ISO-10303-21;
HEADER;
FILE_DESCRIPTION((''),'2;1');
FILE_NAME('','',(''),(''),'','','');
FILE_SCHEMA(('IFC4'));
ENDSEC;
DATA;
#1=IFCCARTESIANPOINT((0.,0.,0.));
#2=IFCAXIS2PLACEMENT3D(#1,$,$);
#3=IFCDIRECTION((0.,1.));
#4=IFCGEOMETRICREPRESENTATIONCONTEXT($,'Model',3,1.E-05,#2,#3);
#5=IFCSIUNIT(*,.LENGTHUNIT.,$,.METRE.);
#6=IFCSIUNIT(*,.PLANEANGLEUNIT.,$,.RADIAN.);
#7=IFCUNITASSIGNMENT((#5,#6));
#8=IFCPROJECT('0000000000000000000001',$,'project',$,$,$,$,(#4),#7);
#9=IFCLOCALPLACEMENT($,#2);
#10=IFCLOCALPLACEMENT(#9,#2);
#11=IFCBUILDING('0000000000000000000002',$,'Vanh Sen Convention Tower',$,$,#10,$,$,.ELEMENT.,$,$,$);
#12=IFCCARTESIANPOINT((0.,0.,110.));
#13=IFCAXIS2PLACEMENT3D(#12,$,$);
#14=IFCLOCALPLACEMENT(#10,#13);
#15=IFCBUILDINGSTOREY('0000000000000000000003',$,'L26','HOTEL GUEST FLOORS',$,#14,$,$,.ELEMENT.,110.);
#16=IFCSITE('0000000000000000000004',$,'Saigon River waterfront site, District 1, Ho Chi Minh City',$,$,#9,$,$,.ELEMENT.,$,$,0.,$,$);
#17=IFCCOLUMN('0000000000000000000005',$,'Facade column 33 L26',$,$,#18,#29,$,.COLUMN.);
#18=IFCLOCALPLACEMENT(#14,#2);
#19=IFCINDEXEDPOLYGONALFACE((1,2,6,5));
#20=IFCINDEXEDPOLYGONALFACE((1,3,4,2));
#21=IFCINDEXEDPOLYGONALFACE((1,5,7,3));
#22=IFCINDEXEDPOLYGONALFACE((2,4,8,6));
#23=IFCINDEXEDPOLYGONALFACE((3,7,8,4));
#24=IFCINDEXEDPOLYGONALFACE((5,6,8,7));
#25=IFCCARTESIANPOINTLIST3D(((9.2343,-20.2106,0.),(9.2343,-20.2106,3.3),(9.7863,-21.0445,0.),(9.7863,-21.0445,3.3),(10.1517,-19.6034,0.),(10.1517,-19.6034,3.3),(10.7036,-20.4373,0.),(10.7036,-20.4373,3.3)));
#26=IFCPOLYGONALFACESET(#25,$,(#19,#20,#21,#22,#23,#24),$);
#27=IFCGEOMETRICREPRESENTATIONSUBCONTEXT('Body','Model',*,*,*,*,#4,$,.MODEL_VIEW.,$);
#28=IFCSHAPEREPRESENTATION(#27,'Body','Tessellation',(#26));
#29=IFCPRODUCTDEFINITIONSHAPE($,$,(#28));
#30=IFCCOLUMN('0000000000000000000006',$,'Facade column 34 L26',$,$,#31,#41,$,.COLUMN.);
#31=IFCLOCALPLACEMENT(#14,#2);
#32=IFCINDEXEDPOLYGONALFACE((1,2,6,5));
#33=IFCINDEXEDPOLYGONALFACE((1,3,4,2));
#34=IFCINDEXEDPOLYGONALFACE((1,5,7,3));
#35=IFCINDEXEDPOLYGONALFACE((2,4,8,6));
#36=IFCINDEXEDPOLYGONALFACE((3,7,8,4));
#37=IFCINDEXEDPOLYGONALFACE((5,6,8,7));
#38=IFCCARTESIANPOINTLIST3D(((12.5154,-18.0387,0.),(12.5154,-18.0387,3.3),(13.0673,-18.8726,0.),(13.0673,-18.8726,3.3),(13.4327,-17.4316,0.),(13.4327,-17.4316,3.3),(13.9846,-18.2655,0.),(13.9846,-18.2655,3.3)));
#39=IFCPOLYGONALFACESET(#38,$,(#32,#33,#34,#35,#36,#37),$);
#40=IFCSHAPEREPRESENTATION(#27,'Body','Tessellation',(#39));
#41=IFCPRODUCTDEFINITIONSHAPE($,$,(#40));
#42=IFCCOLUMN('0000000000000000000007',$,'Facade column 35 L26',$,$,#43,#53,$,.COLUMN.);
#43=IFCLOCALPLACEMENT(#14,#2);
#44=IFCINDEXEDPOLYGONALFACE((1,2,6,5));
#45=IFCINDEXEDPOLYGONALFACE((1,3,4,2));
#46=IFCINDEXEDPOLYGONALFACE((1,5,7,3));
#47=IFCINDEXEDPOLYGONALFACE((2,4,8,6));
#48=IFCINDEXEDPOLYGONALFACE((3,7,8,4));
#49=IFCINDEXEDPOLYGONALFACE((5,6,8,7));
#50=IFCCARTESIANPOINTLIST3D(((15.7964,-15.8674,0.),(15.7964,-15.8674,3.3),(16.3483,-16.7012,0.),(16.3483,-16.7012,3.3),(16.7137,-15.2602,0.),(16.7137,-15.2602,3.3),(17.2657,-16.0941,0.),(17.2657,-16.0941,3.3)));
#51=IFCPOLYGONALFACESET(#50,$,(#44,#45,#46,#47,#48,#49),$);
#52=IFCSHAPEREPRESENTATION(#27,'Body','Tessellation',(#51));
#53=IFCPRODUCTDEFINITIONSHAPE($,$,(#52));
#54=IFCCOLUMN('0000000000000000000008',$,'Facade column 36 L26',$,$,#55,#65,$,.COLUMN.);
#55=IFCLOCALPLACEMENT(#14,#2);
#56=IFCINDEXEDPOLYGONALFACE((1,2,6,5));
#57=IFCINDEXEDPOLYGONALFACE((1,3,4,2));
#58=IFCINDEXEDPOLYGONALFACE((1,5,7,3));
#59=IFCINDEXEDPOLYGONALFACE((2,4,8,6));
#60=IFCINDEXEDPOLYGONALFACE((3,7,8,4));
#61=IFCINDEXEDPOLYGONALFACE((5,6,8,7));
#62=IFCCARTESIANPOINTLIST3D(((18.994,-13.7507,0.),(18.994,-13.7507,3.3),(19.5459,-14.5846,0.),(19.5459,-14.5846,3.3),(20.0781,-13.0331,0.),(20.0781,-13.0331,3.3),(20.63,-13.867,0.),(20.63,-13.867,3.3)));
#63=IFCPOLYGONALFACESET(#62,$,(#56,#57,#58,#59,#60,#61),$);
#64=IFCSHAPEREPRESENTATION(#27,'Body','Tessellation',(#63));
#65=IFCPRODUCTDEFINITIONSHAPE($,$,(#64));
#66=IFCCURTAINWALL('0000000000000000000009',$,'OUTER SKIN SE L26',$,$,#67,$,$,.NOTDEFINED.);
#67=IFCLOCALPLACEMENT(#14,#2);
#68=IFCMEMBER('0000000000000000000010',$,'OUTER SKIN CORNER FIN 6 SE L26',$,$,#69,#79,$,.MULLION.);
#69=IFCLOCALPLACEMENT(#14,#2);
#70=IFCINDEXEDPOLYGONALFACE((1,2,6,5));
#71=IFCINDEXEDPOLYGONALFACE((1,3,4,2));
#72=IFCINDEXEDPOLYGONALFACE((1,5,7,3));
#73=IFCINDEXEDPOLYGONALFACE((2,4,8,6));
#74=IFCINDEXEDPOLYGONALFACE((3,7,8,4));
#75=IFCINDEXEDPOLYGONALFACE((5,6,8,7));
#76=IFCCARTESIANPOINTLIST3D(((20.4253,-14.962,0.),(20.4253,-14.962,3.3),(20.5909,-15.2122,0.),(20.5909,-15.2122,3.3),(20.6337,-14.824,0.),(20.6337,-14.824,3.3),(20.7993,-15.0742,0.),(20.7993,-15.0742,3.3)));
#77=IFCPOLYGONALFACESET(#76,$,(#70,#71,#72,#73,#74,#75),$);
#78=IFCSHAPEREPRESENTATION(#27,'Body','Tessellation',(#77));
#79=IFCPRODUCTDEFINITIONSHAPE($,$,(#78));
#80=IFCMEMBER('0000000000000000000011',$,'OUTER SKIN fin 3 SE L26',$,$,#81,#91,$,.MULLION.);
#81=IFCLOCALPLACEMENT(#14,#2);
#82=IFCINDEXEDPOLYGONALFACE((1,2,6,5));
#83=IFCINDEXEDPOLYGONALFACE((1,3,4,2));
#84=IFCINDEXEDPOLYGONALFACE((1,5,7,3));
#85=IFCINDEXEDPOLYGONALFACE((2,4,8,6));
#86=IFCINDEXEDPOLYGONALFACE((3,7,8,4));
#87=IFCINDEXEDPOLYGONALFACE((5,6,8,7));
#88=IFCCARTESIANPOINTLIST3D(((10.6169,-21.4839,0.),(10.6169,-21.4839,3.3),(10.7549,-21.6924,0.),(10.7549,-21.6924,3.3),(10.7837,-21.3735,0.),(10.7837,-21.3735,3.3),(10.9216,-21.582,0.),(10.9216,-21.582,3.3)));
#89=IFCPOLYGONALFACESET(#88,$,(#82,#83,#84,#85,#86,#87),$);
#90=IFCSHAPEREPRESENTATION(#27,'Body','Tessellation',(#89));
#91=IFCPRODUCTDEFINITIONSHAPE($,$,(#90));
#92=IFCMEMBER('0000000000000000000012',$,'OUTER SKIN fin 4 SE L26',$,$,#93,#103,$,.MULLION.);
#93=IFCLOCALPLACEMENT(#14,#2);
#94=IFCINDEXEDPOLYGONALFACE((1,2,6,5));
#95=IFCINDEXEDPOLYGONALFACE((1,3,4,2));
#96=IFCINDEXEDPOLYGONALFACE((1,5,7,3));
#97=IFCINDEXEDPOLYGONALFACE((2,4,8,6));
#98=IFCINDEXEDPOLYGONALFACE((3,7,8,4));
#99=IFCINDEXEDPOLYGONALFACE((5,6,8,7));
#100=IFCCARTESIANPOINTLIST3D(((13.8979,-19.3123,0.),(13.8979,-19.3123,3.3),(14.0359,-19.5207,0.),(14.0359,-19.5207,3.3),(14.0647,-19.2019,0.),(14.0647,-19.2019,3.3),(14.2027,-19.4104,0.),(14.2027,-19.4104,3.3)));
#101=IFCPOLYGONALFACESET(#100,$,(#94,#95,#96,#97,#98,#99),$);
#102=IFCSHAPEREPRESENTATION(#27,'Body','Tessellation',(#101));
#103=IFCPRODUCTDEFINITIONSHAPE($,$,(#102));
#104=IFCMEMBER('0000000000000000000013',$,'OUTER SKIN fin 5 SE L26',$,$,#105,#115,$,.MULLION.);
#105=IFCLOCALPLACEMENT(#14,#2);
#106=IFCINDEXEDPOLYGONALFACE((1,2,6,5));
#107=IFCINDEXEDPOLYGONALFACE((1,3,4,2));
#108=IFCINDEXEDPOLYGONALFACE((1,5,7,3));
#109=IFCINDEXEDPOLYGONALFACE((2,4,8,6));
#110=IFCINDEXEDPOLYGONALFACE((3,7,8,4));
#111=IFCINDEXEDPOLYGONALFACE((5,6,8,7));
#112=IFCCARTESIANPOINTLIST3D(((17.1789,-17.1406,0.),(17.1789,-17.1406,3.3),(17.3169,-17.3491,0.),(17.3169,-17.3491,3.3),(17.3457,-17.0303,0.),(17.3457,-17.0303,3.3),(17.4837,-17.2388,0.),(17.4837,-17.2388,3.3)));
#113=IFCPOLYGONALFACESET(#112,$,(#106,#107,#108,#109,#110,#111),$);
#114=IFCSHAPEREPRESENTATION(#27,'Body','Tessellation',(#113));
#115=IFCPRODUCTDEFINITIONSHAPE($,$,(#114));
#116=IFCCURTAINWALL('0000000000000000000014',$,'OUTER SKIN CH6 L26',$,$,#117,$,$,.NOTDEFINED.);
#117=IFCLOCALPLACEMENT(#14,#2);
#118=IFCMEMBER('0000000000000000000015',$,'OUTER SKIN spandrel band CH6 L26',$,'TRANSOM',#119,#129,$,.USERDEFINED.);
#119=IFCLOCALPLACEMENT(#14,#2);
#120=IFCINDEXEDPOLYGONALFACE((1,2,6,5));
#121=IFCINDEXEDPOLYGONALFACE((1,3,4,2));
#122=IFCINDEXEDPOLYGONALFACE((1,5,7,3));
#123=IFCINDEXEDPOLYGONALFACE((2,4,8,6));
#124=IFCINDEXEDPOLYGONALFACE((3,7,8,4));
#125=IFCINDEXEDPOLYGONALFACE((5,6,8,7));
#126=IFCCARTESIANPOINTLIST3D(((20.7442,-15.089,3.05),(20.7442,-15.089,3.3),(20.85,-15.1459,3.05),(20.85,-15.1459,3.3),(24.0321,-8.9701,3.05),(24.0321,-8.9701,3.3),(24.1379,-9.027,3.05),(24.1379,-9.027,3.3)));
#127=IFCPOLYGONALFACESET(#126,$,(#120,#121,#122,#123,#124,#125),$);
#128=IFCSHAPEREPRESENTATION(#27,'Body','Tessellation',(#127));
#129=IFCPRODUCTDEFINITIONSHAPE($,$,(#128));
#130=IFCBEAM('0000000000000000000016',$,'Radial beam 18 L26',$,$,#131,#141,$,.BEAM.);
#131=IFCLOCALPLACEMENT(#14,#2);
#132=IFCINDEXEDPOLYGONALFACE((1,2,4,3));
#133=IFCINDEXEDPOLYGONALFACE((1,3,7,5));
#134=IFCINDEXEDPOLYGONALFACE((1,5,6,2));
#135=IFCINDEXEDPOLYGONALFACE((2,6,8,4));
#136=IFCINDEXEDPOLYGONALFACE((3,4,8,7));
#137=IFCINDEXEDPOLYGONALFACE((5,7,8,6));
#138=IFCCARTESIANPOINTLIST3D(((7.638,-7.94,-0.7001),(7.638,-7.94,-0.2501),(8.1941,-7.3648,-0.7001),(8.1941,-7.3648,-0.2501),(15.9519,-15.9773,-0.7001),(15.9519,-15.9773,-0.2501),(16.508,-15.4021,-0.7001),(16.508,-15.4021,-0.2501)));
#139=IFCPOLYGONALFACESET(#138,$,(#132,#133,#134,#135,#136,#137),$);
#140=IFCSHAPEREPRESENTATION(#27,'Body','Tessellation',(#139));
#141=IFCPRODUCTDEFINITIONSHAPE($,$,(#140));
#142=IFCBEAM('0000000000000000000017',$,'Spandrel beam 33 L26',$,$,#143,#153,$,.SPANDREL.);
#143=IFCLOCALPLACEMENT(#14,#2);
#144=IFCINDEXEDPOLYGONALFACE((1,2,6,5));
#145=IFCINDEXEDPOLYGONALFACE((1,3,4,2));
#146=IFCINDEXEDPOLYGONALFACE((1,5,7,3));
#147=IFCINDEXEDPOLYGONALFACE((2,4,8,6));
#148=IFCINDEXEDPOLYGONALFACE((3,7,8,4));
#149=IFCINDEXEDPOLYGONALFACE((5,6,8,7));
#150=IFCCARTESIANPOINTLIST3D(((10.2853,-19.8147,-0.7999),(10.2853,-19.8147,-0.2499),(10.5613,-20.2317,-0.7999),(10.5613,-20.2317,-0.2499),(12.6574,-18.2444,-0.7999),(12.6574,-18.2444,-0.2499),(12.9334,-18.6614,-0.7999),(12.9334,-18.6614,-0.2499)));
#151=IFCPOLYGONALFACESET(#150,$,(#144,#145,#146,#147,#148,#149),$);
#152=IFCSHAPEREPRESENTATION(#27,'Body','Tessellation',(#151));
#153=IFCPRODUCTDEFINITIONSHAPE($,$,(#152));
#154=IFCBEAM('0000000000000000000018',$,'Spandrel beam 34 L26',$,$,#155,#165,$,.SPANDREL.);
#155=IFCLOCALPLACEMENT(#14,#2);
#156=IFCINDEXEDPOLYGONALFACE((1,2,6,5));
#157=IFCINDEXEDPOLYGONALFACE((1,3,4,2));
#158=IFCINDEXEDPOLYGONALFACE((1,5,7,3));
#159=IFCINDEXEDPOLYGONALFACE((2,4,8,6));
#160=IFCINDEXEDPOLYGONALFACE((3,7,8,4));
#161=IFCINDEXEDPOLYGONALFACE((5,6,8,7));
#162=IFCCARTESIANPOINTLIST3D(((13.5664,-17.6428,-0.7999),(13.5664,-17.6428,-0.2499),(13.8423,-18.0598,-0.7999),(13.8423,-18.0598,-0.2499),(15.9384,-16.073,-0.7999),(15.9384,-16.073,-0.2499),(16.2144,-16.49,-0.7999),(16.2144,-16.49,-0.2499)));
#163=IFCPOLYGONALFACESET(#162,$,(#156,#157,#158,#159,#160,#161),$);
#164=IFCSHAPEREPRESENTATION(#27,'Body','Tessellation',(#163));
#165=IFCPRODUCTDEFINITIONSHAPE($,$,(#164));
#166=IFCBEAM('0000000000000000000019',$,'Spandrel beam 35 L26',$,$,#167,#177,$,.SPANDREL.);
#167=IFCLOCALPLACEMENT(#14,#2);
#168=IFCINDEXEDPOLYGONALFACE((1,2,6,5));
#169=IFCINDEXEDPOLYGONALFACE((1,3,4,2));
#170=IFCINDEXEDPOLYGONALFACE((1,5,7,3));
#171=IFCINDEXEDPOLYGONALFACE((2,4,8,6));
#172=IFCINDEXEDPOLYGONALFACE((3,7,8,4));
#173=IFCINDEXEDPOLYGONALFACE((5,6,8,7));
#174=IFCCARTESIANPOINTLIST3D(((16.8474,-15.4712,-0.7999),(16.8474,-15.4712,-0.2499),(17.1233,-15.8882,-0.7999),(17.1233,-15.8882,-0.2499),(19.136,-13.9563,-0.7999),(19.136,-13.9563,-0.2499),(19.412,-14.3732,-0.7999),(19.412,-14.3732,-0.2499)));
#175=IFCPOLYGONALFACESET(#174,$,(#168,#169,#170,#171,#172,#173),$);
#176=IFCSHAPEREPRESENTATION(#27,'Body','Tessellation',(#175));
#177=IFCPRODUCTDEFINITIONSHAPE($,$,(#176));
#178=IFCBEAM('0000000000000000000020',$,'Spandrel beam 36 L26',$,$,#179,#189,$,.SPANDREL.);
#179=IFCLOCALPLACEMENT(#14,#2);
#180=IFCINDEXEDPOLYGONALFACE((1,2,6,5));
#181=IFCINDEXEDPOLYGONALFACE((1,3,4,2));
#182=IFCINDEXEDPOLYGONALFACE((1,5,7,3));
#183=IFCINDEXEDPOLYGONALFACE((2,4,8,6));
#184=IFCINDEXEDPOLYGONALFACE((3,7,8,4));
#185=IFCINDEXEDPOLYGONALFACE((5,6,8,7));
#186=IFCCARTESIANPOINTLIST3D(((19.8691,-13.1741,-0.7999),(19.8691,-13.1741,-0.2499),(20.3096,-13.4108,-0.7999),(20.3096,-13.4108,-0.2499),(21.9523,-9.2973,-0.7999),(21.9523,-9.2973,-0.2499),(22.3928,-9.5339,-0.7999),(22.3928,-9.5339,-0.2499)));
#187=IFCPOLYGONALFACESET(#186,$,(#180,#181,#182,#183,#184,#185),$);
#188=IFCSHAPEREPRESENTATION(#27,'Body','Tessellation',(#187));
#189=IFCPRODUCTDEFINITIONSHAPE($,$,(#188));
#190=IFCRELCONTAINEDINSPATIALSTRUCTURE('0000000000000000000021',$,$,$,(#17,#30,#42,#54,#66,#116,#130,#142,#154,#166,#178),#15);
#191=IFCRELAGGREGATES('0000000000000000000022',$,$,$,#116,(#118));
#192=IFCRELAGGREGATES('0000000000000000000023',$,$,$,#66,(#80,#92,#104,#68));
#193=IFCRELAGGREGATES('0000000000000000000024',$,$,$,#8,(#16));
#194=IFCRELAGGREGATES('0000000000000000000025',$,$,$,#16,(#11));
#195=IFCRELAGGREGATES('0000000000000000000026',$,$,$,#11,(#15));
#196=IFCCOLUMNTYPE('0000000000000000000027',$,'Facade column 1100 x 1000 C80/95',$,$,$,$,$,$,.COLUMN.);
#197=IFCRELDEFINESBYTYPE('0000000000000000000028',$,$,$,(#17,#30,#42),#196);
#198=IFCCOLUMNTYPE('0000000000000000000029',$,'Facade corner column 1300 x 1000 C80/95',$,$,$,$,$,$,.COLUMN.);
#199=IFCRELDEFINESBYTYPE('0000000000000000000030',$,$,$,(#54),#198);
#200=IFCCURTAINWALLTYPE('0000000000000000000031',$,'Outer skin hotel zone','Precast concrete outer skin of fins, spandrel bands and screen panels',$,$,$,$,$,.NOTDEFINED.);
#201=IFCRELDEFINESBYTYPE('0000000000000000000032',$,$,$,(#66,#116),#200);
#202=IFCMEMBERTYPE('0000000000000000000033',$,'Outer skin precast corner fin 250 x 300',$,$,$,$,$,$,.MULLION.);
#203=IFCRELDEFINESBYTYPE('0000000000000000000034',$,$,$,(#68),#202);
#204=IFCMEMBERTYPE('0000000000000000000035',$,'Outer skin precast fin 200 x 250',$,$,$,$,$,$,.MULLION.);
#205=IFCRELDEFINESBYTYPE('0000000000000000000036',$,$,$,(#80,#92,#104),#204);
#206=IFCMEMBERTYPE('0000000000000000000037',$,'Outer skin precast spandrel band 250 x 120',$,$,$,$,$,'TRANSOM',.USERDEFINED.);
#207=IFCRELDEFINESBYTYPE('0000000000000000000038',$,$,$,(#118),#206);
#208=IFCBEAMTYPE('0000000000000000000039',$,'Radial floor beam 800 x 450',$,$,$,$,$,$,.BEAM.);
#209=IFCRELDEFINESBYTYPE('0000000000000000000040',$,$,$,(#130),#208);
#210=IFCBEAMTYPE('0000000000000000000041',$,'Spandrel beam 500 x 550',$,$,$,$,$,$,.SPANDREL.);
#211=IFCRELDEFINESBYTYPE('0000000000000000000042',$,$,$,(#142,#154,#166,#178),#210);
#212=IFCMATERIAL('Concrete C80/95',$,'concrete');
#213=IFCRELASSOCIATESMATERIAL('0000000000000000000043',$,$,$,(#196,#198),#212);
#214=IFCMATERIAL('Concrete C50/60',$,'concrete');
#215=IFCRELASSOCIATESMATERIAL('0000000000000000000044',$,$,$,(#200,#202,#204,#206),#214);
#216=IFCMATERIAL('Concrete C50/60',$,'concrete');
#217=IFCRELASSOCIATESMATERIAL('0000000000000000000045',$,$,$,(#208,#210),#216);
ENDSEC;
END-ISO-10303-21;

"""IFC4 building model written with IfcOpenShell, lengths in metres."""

from ifc_helpers import new_model, si_unit, direction, frame, origin, origin_2d, place, context, subcontext, project, spatial, rectangle, extrude, material, material_profile, profile_set, type_object, element, aggregate, save


model = new_model("IFC4")

# Units and contexts
model_context = context("Model", 3, precision=1e-05, world=origin(), true_north=direction((0.0, 1.0)))
body_context = subcontext(model_context, "Body", "Model", "MODEL_VIEW")
ifc_project = project(units=[si_unit("LENGTHUNIT", "METRE"), si_unit("PLANEANGLEUNIT", "RADIAN")], contexts=[model_context])

# Site, building, storey
site_placement = place(None, origin())
site = spatial("IfcSite", under=ifc_project, at=site_placement, Name="Saigon River waterfront site, District 1, Ho Chi Minh City", CompositionType="ELEMENT", RefElevation=0.0)
building_placement = place(site_placement, origin())
building = spatial("IfcBuilding", under=site, at=building_placement, Name="Vanh Sen Convention Tower", CompositionType="ELEMENT")
storey_placement = place(building_placement, frame((0.0, 0.0, 110.0)))
storey = spatial("IfcBuildingStorey", under=building, at=storey_placement, Name="L26", Description="HOTEL GUEST FLOORS", CompositionType="ELEMENT", Elevation=110.0)

# Columns
ifc_material_1 = material(Name="Concrete C80/95", Category="concrete")
ifc_material_profile_1 = material_profile(ifc_material_1, rectangle(XDim=1.1001, YDim=1.0, at=origin_2d()), Name="RC 1100X1000")
ifc_profile_set_1 = profile_set([ifc_material_profile_1], Name="Concrete C80/95")
column_type_1 = type_object("IfcColumnType", Name="Facade column 1100 x 1000 C80/95", PredefinedType="COLUMN", material=ifc_profile_set_1)
for number, where, z_axis, x_axis, name in (
    (1, (9.969, -20.324, 0.0), (0.0, 0.0, 1.0), (0.833886, 0.551937, 0.0), "Facade column 33 L26"),
    (2, (13.25, -18.1521, 0.0), (0.0, 0.0, 1.0), (0.833886, 0.551937, 0.0), "Facade column 34 L26"),
    (3, (16.531, -15.9807, 0.0), (0.0, 0.0, 1.0), (0.833886, 0.551937, 0.0), "Facade column 35 L26"),
):
    element("IfcColumn", number, at=place(storey_placement, frame(where, z_axis=z_axis, x_axis=x_axis)), inside=storey, type_object=column_type_1, Name=name, PredefinedType="COLUMN", context=body_context, shape_type="SweptSolid", body=[
        extrude(rectangle(XDim=1.1001, YDim=1.0, at=origin_2d()), origin(), (0.0, 0.0, 1.0), 3.3),
    ])
ifc_material_profile_2 = material_profile(ifc_material_1, rectangle(XDim=1.3, YDim=1.0, at=origin_2d()), Name="RC 1300X1000")
ifc_profile_set_2 = profile_set([ifc_material_profile_2], Name="Concrete C80/95")
column_type_2 = type_object("IfcColumnType", Name="Facade corner column 1300 x 1000 C80/95", PredefinedType="COLUMN", material=ifc_profile_set_2)
column_placement = place(storey_placement, frame((19.812, -13.8088, 0.0), z_axis=(0.0, 0.0, 1.0), x_axis=(0.833886, 0.551937, 0.0)))
element("IfcColumn", 4, at=column_placement, inside=storey, type_object=column_type_2, Name="Facade column 36 L26", PredefinedType="COLUMN", context=body_context, shape_type="SweptSolid", body=[
    extrude(rectangle(XDim=1.3, YDim=1.0, at=origin_2d()), origin(), (0.0, 0.0, 1.0), 3.3),
])

# Curtain wall, members
ifc_material_2 = material(Name="Concrete C50/60", Category="concrete")
curtain_wall_type = type_object("IfcCurtainWallType", Name="Outer skin hotel zone", Description="Precast concrete outer skin of fins, spandrel bands and screen panels", PredefinedType="NOTDEFINED", material=ifc_material_2)
curtain_wall_1_placement = place(storey_placement, origin())
curtain_wall_1 = element("IfcCurtainWall", 5, at=curtain_wall_1_placement, inside=storey, type_object=curtain_wall_type, Name="OUTER SKIN SE L26", PredefinedType="NOTDEFINED")
ifc_material_profile_3 = material_profile(ifc_material_2, rectangle(XDim=0.25, YDim=0.3, at=origin_2d()), Name="Outer skin precast corner fin 250 x 300")
ifc_profile_set_3 = profile_set([ifc_material_profile_3], Name="Concrete C50/60")
member_type_1 = type_object("IfcMemberType", Name="Outer skin precast corner fin 250 x 300", PredefinedType="MULLION", material=ifc_profile_set_3)
member_1_placement = place(storey_placement, frame((20.6123, -15.0181, 0.0), z_axis=(0.0, 0.0, 1.0), x_axis=(0.833886, 0.551937, 0.0)))
member_1 = element("IfcMember", 6, at=member_1_placement, type_object=member_type_1, Name="OUTER SKIN CORNER FIN 6 SE L26", PredefinedType="MULLION", context=body_context, shape_type="SweptSolid", body=[
    extrude(rectangle(XDim=0.25, YDim=0.3, at=origin_2d()), origin(), (0.0, 0.0, 1.0), 3.3),
])
ifc_material_profile_4 = material_profile(ifc_material_2, rectangle(XDim=0.2, YDim=0.25, at=origin_2d()), Name="Outer skin precast fin 200 x 250")
ifc_profile_set_4 = profile_set([ifc_material_profile_4], Name="Concrete C50/60")
member_type_2 = type_object("IfcMemberType", Name="Outer skin precast fin 200 x 250", PredefinedType="MULLION", material=ifc_profile_set_4)
member_2_placement = place(storey_placement, frame((10.7693, -21.533, 0.0), z_axis=(0.0, 0.0, 1.0), x_axis=(0.833886, 0.551937, 0.0)))
member_2 = element("IfcMember", 7, at=member_2_placement, type_object=member_type_2, Name="OUTER SKIN fin 3 SE L26", PredefinedType="MULLION", context=body_context, shape_type="SweptSolid", body=[
    extrude(rectangle(XDim=0.2, YDim=0.25, at=origin_2d()), origin(), (0.0, 0.0, 1.0), 3.3),
])
member_3_placement = place(storey_placement, frame((14.0503, -19.3613, 0.0), z_axis=(0.0, 0.0, 1.0), x_axis=(0.833886, 0.551937, 0.0)))
member_3 = element("IfcMember", 8, at=member_3_placement, type_object=member_type_2, Name="OUTER SKIN fin 4 SE L26", PredefinedType="MULLION", context=body_context, shape_type="SweptSolid", body=[
    extrude(rectangle(XDim=0.2, YDim=0.25, at=origin_2d()), origin(), (0.0, 0.0, 1.0), 3.3),
])
member_4_placement = place(storey_placement, frame((17.3313, -17.1897, 0.0), z_axis=(0.0, 0.0, 1.0), x_axis=(0.833886, 0.551937, 0.0)))
member_4 = element("IfcMember", 9, at=member_4_placement, type_object=member_type_2, Name="OUTER SKIN fin 5 SE L26", PredefinedType="MULLION", context=body_context, shape_type="SweptSolid", body=[
    extrude(rectangle(XDim=0.2, YDim=0.25, at=origin_2d()), origin(), (0.0, 0.0, 1.0), 3.3),
])

# Curtain wall, member
curtain_wall_2_placement = place(storey_placement, origin())
curtain_wall_2 = element("IfcCurtainWall", 10, at=curtain_wall_2_placement, inside=storey, type_object=curtain_wall_type, Name="OUTER SKIN CH6 L26", PredefinedType="NOTDEFINED")
ifc_material_profile_5 = material_profile(ifc_material_2, rectangle(XDim=0.1201, YDim=0.25, at=origin_2d()), Name="Outer skin precast spandrel band 250 x 120")
ifc_profile_set_5 = profile_set([ifc_material_profile_5], Name="Concrete C50/60")
member_type_3 = type_object("IfcMemberType", Name="Outer skin precast spandrel band 250 x 120", ElementType="TRANSOM", PredefinedType="USERDEFINED", material=ifc_profile_set_5)
member_5_placement = place(storey_placement, frame((20.7971, -15.1174, 3.175), z_axis=(0.473324, 0.880888, 0.0), x_axis=(-0.880888, 0.473324, 0.0)))
member_5 = element("IfcMember", 11, at=member_5_placement, type_object=member_type_3, Name="OUTER SKIN spandrel band CH6 L26", ObjectType="TRANSOM", PredefinedType="USERDEFINED", context=body_context, shape_type="SweptSolid", body=[
    extrude(rectangle(XDim=0.1201, YDim=0.25, at=origin_2d()), origin(), (0.0, 0.0, 1.0), 6.9463),
])
aggregate(curtain_wall_2, [member_5])

# Beams
ifc_material_3 = material(Name="Concrete C50/60", Category="concrete")
ifc_material_profile_6 = material_profile(ifc_material_3, rectangle(XDim=0.8, YDim=0.45, at=origin_2d()), Name="RC 800X450")
ifc_profile_set_6 = profile_set([ifc_material_profile_6], Name="Concrete C50/60")
beam_type_1 = type_object("IfcBeamType", Name="Radial floor beam 800 x 450", PredefinedType="BEAM", material=ifc_profile_set_6)
beam_1_placement = place(storey_placement, frame((16.23, -15.6897, -0.4751), z_axis=(-0.718966, 0.695045, 0.0), x_axis=(-0.695045, -0.718966, 0.0)))
element("IfcBeam", 12, at=beam_1_placement, inside=storey, type_object=beam_type_1, Name="Radial beam 18 L26", PredefinedType="BEAM", context=body_context, shape_type="SweptSolid", body=[
    extrude(rectangle(XDim=0.8, YDim=0.45, at=origin_2d()), origin(), (0.0, 0.0, 1.0), 11.5637),
])
ifc_material_profile_7 = material_profile(ifc_material_3, rectangle(XDim=0.5, YDim=0.55, at=origin_2d()), Name="RC 500X550")
ifc_profile_set_7 = profile_set([ifc_material_profile_7], Name="Concrete C50/60")
beam_type_2 = type_object("IfcBeamType", Name="Spandrel beam 500 x 550", PredefinedType="SPANDREL", material=ifc_profile_set_7)
beam_2_placement = place(storey_placement, frame((10.4233, -20.0232, -0.5249), z_axis=(0.833842, 0.552004, 0.0), x_axis=(-0.552004, 0.833842, 0.0)))
element("IfcBeam", 13, at=beam_2_placement, inside=storey, type_object=beam_type_2, Name="Spandrel beam 33 L26", PredefinedType="SPANDREL", context=body_context, shape_type="SweptSolid", body=[
    extrude(rectangle(XDim=0.5, YDim=0.55, at=origin_2d()), origin(), (0.0, 0.0, 1.0), 2.8447),
])
beam_3_placement = place(storey_placement, frame((13.7043, -17.8513, -0.5249), z_axis=(0.833921, 0.551884, 0.0), x_axis=(-0.551884, 0.833921, 0.0)))
element("IfcBeam", 14, at=beam_3_placement, inside=storey, type_object=beam_type_2, Name="Spandrel beam 34 L26", PredefinedType="SPANDREL", context=body_context, shape_type="SweptSolid", body=[
    extrude(rectangle(XDim=0.5, YDim=0.55, at=origin_2d()), origin(), (0.0, 0.0, 1.0), 2.8445),
])
beam_4_placement = place(storey_placement, frame((16.9854, -15.6797, -0.5249), z_axis=(0.833866, 0.551967, 0.0), x_axis=(-0.551967, 0.833866, 0.0)))
element("IfcBeam", 15, at=beam_4_placement, inside=storey, type_object=beam_type_2, Name="Spandrel beam 35 L26", PredefinedType="SPANDREL", context=body_context, shape_type="SweptSolid", body=[
    extrude(rectangle(XDim=0.5, YDim=0.55, at=origin_2d()), origin(), (0.0, 0.0, 1.0), 2.7446),
])
beam_5_placement = place(storey_placement, frame((20.0894, -13.2925, -0.5249), z_axis=(0.473336, 0.880882, 0.0), x_axis=(-0.880882, 0.473336, 0.0)))
element("IfcBeam", 16, at=beam_5_placement, inside=storey, type_object=beam_type_2, Name="Spandrel beam 36 L26", PredefinedType="SPANDREL", context=body_context, shape_type="SweptSolid", body=[
    extrude(rectangle(XDim=0.5, YDim=0.55, at=origin_2d()), origin(), (0.0, 0.0, 1.0), 4.4011),
])

aggregate(curtain_wall_1, [member_2, member_3, member_4, member_1])

save(model, "model.ifc")
